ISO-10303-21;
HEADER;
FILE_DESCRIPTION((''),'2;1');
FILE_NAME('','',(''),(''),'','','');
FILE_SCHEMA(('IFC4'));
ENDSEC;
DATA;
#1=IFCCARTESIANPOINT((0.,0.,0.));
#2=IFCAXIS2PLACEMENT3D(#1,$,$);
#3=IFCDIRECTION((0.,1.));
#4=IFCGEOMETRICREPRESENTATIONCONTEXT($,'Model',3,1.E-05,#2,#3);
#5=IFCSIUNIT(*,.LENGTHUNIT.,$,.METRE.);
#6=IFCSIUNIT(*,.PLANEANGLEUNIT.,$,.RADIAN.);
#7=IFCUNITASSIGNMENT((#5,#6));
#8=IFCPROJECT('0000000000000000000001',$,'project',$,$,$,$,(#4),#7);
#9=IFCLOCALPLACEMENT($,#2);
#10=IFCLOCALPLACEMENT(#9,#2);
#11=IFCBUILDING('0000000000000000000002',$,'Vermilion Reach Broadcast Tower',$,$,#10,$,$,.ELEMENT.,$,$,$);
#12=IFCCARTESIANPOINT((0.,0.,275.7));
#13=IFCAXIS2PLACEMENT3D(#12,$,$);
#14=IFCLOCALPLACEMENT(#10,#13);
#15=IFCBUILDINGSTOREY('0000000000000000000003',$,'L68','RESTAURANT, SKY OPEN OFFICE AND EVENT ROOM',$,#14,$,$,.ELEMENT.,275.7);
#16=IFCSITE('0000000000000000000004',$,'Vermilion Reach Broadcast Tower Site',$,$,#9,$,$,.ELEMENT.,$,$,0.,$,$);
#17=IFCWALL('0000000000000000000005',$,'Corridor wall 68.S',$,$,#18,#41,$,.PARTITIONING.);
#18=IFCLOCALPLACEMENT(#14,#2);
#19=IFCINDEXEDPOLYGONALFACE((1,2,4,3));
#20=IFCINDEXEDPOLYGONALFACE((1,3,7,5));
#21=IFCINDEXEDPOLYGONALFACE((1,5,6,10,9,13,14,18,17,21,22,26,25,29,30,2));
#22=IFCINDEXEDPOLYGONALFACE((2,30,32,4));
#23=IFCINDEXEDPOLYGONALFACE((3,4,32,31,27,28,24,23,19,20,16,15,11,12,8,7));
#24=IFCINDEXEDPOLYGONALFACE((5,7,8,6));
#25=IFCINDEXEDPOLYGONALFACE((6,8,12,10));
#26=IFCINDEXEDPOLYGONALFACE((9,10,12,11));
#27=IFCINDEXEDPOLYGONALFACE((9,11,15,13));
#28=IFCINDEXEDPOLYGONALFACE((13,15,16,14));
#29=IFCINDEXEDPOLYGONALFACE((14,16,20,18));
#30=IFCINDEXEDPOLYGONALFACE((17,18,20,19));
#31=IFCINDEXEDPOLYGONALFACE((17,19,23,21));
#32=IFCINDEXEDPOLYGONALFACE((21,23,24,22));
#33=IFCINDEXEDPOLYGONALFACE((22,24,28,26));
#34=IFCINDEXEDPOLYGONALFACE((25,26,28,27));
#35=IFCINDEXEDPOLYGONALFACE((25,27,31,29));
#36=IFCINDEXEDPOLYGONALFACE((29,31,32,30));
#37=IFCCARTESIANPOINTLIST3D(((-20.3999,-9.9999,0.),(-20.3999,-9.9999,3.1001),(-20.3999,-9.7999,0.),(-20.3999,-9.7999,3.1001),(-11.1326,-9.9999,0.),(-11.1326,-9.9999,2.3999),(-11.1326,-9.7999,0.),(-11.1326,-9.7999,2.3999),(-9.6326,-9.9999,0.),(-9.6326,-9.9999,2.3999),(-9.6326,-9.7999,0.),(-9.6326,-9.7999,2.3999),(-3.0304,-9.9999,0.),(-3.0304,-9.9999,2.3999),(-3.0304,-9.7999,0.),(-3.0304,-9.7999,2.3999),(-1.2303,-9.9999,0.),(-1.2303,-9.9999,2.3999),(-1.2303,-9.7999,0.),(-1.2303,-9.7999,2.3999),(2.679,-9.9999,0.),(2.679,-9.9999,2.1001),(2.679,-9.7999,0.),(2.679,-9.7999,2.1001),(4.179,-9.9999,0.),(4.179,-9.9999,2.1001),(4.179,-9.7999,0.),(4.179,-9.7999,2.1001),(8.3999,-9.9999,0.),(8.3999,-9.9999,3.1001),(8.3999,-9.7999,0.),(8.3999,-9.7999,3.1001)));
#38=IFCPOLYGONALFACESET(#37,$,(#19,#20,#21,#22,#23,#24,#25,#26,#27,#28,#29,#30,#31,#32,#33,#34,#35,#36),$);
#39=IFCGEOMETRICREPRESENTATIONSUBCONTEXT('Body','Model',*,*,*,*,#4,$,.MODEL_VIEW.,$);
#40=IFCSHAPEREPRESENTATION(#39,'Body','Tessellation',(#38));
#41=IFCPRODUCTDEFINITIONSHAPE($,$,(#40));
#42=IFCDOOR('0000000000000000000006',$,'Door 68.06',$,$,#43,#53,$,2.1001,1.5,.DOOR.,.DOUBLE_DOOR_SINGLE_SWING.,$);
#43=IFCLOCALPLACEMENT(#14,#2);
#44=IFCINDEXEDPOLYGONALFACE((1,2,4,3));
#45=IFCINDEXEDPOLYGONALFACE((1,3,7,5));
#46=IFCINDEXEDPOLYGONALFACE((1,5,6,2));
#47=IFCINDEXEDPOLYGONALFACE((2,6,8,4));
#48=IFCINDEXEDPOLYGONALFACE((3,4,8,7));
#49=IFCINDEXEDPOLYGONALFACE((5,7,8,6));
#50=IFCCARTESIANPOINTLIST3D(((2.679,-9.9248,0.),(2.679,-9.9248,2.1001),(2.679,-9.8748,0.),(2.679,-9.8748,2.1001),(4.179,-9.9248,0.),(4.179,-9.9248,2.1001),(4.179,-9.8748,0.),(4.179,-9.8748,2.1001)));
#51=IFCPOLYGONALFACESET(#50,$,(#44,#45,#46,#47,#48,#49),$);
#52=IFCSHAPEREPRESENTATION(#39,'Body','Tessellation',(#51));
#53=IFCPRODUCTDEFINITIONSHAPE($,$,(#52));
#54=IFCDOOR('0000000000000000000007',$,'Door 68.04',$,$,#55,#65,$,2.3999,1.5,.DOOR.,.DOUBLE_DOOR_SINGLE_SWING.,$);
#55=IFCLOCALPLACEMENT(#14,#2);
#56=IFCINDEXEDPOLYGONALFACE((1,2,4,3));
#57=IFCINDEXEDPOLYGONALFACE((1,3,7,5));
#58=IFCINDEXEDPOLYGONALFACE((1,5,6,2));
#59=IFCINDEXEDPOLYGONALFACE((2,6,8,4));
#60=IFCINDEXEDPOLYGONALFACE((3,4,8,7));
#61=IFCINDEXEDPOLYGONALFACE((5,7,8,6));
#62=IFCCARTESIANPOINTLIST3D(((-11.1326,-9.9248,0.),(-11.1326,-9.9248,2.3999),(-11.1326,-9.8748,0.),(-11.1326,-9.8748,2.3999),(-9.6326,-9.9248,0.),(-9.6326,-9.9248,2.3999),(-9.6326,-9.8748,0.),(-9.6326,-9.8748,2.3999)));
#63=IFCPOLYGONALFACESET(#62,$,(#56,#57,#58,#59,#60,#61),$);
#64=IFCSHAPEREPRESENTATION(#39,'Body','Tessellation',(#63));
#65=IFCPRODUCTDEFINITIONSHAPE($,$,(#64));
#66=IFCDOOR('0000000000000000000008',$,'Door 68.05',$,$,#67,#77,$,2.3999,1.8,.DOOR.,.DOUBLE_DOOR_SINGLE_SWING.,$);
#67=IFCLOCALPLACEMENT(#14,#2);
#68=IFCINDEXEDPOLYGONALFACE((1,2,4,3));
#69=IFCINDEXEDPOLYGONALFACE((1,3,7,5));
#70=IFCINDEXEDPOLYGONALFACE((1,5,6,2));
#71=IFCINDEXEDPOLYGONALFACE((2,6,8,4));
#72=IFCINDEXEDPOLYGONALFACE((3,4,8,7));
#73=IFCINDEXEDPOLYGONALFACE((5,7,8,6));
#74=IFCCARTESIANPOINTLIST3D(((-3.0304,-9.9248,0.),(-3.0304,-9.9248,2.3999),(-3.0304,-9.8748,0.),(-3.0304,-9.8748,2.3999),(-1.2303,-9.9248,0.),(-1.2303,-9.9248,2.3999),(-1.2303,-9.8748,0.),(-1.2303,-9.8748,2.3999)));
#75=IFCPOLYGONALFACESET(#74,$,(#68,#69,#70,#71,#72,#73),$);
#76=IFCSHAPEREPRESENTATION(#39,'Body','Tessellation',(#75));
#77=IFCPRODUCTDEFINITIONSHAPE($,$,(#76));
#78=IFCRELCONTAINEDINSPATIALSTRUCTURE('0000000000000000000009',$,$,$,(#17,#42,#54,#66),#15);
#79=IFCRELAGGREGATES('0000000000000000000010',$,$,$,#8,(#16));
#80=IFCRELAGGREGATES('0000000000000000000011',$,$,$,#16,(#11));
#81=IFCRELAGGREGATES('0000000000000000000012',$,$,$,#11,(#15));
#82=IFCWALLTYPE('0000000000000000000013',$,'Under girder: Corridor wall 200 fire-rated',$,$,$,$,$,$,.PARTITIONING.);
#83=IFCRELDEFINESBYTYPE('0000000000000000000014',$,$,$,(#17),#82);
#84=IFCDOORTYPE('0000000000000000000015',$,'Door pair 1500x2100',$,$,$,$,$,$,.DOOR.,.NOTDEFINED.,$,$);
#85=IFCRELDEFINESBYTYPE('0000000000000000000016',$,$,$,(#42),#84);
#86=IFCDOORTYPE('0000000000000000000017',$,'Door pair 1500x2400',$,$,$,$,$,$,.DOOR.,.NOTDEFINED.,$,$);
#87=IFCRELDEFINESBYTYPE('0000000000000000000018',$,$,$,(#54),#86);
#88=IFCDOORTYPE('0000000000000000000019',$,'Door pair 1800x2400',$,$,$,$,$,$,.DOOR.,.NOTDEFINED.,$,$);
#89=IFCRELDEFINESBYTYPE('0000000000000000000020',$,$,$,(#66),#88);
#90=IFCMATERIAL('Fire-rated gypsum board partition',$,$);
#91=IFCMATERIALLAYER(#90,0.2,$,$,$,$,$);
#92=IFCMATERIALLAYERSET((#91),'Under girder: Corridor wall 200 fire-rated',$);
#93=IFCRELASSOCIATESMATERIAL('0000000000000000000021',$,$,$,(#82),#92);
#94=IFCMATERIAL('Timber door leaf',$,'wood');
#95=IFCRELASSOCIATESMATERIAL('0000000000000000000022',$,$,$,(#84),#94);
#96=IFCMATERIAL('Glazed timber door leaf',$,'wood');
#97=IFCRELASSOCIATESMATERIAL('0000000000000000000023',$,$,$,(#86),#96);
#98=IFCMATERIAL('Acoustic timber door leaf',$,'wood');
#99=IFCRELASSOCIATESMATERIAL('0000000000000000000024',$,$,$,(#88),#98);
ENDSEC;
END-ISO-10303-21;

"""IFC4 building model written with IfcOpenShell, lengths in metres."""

from ifc_helpers import new_model, si_unit, direction, frame, frame_2d, origin, place, context, subcontext, project, spatial, rectangle, extrude, material, layer, layer_set, type_object, element, fill, save


model = new_model("IFC4")

# Units and contexts
model_context = context("Model", 3, precision=1e-05, world=origin(), true_north=direction((0.0, 1.0)))
body_context = subcontext(model_context, "Body", "Model", "MODEL_VIEW")
ifc_project = project(units=[si_unit("LENGTHUNIT", "METRE"), si_unit("PLANEANGLEUNIT", "RADIAN")], contexts=[model_context])

# Site, building, storey
site_placement = place(None, origin())
site = spatial("IfcSite", under=ifc_project, at=site_placement, Name="Vermilion Reach Broadcast Tower Site", CompositionType="ELEMENT", RefElevation=0.0)
building_placement = place(site_placement, origin())
building = spatial("IfcBuilding", under=site, at=building_placement, Name="Vermilion Reach Broadcast Tower", CompositionType="ELEMENT")
storey_placement = place(building_placement, frame((0.0, 0.0, 275.7)))
storey = spatial("IfcBuildingStorey", under=building, at=storey_placement, Name="L68", Description="RESTAURANT, SKY OPEN OFFICE AND EVENT ROOM", CompositionType="ELEMENT", Elevation=275.7)

# Wall, openings, doors
ifc_material_1 = material(Name="Fire-rated gypsum board partition")
ifc_layer_1 = layer(ifc_material_1, 0.2)
ifc_layer_set_1 = layer_set([ifc_layer_1], Name="Under girder: Corridor wall 200 fire-rated")
wall_type_1 = type_object("IfcWallType", Name="Under girder: Corridor wall 200 fire-rated", PredefinedType="PARTITIONING", material=ifc_layer_set_1)
wall_1_placement = place(storey_placement, frame((8.3999, -9.8999, 0.0), z_axis=(0.0, 0.0, 1.0), x_axis=(-1.0, 0.0, 0.0)))
wall_1 = element("IfcWall", 1, at=wall_1_placement, inside=storey, type_object=wall_type_1, Name="Corridor wall 68.S", PredefinedType="PARTITIONING", context=body_context, shape_type="SweptSolid", body=[
    extrude(rectangle(XDim=28.7998, YDim=0.2, at=frame_2d((14.3999, 0.0))), origin(), (0.0, 0.0, 1.0), 3.1001),
])
opening_1_placement = place(wall_1_placement, frame((18.0325, 0.0, 0.0)))
opening_1 = element("IfcOpeningElement", 2, at=opening_1_placement, cuts=wall_1, PredefinedType="OPENING", context=body_context, shape_type="SweptSolid", body=[
    extrude(rectangle(XDim=1.5, YDim=2.3999, at=frame_2d((0.75, 1.2))), frame((0.0, 0.1099, 0.0), z_axis=(0.0, -1.0, 0.0), x_axis=(1.0, 0.0, 0.0)), (0.0, 0.0, 1.0), 0.22),
])
opening_2_placement = place(wall_1_placement, frame((9.6304, 0.0, 0.0)))
opening_2 = element("IfcOpeningElement", 3, at=opening_2_placement, cuts=wall_1, PredefinedType="OPENING", context=body_context, shape_type="SweptSolid", body=[
    extrude(rectangle(XDim=1.8, YDim=2.3999, at=frame_2d((0.8999, 1.2))), frame((0.0, 0.1099, 0.0), z_axis=(0.0, -1.0, 0.0), x_axis=(1.0, 0.0, 0.0)), (0.0, 0.0, 1.0), 0.22),
])
opening_3_placement = place(wall_1_placement, frame((4.2209, 0.0, 0.0)))
opening_3 = element("IfcOpeningElement", 4, at=opening_3_placement, cuts=wall_1, PredefinedType="OPENING", context=body_context, shape_type="SweptSolid", body=[
    extrude(rectangle(XDim=1.5, YDim=2.1001, at=frame_2d((0.75, 1.05))), frame((0.0, 0.1099, 0.0), z_axis=(0.0, -1.0, 0.0), x_axis=(1.0, 0.0, 0.0)), (0.0, 0.0, 1.0), 0.22),
])
ifc_material_2 = material(Name="Timber door leaf", Category="wood")
door_type_1 = type_object("IfcDoorType", Name="Door pair 1500x2100", OperationType="NOTDEFINED", PredefinedType="DOOR", material=ifc_material_2)
door_1_placement = place(opening_3_placement, origin())
door_1 = element("IfcDoor", 5, at=door_1_placement, inside=storey, type_object=door_type_1, Name="Door 68.06", OperationType="DOUBLE_DOOR_SINGLE_SWING", OverallHeight=2.1001, OverallWidth=1.5, PredefinedType="DOOR", context=body_context, shape_type="SweptSolid", body=[
    extrude(rectangle(XDim=1.5, YDim=2.1001, at=frame_2d((0.75, 1.05))), frame((0.0, 0.0249, 0.0), z_axis=(0.0, -1.0, 0.0), x_axis=(1.0, 0.0, 0.0)), (0.0, 0.0, 1.0), 0.05),
])
fill(opening_3, door_1)
ifc_material_3 = material(Name="Glazed timber door leaf", Category="wood")
door_type_2 = type_object("IfcDoorType", Name="Door pair 1500x2400", OperationType="NOTDEFINED", PredefinedType="DOOR", material=ifc_material_3)
door_2_placement = place(opening_1_placement, origin())
door_2 = element("IfcDoor", 6, at=door_2_placement, inside=storey, type_object=door_type_2, Name="Door 68.04", OperationType="DOUBLE_DOOR_SINGLE_SWING", OverallHeight=2.3999, OverallWidth=1.5, PredefinedType="DOOR", context=body_context, shape_type="SweptSolid", body=[
    extrude(rectangle(XDim=1.5, YDim=2.3999, at=frame_2d((0.75, 1.2))), frame((0.0, 0.0249, 0.0), z_axis=(0.0, -1.0, 0.0), x_axis=(1.0, 0.0, 0.0)), (0.0, 0.0, 1.0), 0.05),
])
fill(opening_1, door_2)
ifc_material_4 = material(Name="Acoustic timber door leaf", Category="wood")
door_type_3 = type_object("IfcDoorType", Name="Door pair 1800x2400", OperationType="NOTDEFINED", PredefinedType="DOOR", material=ifc_material_4)
door_3_placement = place(opening_2_placement, origin())
door_3 = element("IfcDoor", 7, at=door_3_placement, inside=storey, type_object=door_type_3, Name="Door 68.05", OperationType="DOUBLE_DOOR_SINGLE_SWING", OverallHeight=2.3999, OverallWidth=1.8, PredefinedType="DOOR", context=body_context, shape_type="SweptSolid", body=[
    extrude(rectangle(XDim=1.8, YDim=2.3999, at=frame_2d((0.8999, 1.2))), frame((0.0, 0.0249, 0.0), z_axis=(0.0, -1.0, 0.0), x_axis=(1.0, 0.0, 0.0)), (0.0, 0.0, 1.0), 0.05),
])
fill(opening_2, door_3)

save(model, "model.ifc")
